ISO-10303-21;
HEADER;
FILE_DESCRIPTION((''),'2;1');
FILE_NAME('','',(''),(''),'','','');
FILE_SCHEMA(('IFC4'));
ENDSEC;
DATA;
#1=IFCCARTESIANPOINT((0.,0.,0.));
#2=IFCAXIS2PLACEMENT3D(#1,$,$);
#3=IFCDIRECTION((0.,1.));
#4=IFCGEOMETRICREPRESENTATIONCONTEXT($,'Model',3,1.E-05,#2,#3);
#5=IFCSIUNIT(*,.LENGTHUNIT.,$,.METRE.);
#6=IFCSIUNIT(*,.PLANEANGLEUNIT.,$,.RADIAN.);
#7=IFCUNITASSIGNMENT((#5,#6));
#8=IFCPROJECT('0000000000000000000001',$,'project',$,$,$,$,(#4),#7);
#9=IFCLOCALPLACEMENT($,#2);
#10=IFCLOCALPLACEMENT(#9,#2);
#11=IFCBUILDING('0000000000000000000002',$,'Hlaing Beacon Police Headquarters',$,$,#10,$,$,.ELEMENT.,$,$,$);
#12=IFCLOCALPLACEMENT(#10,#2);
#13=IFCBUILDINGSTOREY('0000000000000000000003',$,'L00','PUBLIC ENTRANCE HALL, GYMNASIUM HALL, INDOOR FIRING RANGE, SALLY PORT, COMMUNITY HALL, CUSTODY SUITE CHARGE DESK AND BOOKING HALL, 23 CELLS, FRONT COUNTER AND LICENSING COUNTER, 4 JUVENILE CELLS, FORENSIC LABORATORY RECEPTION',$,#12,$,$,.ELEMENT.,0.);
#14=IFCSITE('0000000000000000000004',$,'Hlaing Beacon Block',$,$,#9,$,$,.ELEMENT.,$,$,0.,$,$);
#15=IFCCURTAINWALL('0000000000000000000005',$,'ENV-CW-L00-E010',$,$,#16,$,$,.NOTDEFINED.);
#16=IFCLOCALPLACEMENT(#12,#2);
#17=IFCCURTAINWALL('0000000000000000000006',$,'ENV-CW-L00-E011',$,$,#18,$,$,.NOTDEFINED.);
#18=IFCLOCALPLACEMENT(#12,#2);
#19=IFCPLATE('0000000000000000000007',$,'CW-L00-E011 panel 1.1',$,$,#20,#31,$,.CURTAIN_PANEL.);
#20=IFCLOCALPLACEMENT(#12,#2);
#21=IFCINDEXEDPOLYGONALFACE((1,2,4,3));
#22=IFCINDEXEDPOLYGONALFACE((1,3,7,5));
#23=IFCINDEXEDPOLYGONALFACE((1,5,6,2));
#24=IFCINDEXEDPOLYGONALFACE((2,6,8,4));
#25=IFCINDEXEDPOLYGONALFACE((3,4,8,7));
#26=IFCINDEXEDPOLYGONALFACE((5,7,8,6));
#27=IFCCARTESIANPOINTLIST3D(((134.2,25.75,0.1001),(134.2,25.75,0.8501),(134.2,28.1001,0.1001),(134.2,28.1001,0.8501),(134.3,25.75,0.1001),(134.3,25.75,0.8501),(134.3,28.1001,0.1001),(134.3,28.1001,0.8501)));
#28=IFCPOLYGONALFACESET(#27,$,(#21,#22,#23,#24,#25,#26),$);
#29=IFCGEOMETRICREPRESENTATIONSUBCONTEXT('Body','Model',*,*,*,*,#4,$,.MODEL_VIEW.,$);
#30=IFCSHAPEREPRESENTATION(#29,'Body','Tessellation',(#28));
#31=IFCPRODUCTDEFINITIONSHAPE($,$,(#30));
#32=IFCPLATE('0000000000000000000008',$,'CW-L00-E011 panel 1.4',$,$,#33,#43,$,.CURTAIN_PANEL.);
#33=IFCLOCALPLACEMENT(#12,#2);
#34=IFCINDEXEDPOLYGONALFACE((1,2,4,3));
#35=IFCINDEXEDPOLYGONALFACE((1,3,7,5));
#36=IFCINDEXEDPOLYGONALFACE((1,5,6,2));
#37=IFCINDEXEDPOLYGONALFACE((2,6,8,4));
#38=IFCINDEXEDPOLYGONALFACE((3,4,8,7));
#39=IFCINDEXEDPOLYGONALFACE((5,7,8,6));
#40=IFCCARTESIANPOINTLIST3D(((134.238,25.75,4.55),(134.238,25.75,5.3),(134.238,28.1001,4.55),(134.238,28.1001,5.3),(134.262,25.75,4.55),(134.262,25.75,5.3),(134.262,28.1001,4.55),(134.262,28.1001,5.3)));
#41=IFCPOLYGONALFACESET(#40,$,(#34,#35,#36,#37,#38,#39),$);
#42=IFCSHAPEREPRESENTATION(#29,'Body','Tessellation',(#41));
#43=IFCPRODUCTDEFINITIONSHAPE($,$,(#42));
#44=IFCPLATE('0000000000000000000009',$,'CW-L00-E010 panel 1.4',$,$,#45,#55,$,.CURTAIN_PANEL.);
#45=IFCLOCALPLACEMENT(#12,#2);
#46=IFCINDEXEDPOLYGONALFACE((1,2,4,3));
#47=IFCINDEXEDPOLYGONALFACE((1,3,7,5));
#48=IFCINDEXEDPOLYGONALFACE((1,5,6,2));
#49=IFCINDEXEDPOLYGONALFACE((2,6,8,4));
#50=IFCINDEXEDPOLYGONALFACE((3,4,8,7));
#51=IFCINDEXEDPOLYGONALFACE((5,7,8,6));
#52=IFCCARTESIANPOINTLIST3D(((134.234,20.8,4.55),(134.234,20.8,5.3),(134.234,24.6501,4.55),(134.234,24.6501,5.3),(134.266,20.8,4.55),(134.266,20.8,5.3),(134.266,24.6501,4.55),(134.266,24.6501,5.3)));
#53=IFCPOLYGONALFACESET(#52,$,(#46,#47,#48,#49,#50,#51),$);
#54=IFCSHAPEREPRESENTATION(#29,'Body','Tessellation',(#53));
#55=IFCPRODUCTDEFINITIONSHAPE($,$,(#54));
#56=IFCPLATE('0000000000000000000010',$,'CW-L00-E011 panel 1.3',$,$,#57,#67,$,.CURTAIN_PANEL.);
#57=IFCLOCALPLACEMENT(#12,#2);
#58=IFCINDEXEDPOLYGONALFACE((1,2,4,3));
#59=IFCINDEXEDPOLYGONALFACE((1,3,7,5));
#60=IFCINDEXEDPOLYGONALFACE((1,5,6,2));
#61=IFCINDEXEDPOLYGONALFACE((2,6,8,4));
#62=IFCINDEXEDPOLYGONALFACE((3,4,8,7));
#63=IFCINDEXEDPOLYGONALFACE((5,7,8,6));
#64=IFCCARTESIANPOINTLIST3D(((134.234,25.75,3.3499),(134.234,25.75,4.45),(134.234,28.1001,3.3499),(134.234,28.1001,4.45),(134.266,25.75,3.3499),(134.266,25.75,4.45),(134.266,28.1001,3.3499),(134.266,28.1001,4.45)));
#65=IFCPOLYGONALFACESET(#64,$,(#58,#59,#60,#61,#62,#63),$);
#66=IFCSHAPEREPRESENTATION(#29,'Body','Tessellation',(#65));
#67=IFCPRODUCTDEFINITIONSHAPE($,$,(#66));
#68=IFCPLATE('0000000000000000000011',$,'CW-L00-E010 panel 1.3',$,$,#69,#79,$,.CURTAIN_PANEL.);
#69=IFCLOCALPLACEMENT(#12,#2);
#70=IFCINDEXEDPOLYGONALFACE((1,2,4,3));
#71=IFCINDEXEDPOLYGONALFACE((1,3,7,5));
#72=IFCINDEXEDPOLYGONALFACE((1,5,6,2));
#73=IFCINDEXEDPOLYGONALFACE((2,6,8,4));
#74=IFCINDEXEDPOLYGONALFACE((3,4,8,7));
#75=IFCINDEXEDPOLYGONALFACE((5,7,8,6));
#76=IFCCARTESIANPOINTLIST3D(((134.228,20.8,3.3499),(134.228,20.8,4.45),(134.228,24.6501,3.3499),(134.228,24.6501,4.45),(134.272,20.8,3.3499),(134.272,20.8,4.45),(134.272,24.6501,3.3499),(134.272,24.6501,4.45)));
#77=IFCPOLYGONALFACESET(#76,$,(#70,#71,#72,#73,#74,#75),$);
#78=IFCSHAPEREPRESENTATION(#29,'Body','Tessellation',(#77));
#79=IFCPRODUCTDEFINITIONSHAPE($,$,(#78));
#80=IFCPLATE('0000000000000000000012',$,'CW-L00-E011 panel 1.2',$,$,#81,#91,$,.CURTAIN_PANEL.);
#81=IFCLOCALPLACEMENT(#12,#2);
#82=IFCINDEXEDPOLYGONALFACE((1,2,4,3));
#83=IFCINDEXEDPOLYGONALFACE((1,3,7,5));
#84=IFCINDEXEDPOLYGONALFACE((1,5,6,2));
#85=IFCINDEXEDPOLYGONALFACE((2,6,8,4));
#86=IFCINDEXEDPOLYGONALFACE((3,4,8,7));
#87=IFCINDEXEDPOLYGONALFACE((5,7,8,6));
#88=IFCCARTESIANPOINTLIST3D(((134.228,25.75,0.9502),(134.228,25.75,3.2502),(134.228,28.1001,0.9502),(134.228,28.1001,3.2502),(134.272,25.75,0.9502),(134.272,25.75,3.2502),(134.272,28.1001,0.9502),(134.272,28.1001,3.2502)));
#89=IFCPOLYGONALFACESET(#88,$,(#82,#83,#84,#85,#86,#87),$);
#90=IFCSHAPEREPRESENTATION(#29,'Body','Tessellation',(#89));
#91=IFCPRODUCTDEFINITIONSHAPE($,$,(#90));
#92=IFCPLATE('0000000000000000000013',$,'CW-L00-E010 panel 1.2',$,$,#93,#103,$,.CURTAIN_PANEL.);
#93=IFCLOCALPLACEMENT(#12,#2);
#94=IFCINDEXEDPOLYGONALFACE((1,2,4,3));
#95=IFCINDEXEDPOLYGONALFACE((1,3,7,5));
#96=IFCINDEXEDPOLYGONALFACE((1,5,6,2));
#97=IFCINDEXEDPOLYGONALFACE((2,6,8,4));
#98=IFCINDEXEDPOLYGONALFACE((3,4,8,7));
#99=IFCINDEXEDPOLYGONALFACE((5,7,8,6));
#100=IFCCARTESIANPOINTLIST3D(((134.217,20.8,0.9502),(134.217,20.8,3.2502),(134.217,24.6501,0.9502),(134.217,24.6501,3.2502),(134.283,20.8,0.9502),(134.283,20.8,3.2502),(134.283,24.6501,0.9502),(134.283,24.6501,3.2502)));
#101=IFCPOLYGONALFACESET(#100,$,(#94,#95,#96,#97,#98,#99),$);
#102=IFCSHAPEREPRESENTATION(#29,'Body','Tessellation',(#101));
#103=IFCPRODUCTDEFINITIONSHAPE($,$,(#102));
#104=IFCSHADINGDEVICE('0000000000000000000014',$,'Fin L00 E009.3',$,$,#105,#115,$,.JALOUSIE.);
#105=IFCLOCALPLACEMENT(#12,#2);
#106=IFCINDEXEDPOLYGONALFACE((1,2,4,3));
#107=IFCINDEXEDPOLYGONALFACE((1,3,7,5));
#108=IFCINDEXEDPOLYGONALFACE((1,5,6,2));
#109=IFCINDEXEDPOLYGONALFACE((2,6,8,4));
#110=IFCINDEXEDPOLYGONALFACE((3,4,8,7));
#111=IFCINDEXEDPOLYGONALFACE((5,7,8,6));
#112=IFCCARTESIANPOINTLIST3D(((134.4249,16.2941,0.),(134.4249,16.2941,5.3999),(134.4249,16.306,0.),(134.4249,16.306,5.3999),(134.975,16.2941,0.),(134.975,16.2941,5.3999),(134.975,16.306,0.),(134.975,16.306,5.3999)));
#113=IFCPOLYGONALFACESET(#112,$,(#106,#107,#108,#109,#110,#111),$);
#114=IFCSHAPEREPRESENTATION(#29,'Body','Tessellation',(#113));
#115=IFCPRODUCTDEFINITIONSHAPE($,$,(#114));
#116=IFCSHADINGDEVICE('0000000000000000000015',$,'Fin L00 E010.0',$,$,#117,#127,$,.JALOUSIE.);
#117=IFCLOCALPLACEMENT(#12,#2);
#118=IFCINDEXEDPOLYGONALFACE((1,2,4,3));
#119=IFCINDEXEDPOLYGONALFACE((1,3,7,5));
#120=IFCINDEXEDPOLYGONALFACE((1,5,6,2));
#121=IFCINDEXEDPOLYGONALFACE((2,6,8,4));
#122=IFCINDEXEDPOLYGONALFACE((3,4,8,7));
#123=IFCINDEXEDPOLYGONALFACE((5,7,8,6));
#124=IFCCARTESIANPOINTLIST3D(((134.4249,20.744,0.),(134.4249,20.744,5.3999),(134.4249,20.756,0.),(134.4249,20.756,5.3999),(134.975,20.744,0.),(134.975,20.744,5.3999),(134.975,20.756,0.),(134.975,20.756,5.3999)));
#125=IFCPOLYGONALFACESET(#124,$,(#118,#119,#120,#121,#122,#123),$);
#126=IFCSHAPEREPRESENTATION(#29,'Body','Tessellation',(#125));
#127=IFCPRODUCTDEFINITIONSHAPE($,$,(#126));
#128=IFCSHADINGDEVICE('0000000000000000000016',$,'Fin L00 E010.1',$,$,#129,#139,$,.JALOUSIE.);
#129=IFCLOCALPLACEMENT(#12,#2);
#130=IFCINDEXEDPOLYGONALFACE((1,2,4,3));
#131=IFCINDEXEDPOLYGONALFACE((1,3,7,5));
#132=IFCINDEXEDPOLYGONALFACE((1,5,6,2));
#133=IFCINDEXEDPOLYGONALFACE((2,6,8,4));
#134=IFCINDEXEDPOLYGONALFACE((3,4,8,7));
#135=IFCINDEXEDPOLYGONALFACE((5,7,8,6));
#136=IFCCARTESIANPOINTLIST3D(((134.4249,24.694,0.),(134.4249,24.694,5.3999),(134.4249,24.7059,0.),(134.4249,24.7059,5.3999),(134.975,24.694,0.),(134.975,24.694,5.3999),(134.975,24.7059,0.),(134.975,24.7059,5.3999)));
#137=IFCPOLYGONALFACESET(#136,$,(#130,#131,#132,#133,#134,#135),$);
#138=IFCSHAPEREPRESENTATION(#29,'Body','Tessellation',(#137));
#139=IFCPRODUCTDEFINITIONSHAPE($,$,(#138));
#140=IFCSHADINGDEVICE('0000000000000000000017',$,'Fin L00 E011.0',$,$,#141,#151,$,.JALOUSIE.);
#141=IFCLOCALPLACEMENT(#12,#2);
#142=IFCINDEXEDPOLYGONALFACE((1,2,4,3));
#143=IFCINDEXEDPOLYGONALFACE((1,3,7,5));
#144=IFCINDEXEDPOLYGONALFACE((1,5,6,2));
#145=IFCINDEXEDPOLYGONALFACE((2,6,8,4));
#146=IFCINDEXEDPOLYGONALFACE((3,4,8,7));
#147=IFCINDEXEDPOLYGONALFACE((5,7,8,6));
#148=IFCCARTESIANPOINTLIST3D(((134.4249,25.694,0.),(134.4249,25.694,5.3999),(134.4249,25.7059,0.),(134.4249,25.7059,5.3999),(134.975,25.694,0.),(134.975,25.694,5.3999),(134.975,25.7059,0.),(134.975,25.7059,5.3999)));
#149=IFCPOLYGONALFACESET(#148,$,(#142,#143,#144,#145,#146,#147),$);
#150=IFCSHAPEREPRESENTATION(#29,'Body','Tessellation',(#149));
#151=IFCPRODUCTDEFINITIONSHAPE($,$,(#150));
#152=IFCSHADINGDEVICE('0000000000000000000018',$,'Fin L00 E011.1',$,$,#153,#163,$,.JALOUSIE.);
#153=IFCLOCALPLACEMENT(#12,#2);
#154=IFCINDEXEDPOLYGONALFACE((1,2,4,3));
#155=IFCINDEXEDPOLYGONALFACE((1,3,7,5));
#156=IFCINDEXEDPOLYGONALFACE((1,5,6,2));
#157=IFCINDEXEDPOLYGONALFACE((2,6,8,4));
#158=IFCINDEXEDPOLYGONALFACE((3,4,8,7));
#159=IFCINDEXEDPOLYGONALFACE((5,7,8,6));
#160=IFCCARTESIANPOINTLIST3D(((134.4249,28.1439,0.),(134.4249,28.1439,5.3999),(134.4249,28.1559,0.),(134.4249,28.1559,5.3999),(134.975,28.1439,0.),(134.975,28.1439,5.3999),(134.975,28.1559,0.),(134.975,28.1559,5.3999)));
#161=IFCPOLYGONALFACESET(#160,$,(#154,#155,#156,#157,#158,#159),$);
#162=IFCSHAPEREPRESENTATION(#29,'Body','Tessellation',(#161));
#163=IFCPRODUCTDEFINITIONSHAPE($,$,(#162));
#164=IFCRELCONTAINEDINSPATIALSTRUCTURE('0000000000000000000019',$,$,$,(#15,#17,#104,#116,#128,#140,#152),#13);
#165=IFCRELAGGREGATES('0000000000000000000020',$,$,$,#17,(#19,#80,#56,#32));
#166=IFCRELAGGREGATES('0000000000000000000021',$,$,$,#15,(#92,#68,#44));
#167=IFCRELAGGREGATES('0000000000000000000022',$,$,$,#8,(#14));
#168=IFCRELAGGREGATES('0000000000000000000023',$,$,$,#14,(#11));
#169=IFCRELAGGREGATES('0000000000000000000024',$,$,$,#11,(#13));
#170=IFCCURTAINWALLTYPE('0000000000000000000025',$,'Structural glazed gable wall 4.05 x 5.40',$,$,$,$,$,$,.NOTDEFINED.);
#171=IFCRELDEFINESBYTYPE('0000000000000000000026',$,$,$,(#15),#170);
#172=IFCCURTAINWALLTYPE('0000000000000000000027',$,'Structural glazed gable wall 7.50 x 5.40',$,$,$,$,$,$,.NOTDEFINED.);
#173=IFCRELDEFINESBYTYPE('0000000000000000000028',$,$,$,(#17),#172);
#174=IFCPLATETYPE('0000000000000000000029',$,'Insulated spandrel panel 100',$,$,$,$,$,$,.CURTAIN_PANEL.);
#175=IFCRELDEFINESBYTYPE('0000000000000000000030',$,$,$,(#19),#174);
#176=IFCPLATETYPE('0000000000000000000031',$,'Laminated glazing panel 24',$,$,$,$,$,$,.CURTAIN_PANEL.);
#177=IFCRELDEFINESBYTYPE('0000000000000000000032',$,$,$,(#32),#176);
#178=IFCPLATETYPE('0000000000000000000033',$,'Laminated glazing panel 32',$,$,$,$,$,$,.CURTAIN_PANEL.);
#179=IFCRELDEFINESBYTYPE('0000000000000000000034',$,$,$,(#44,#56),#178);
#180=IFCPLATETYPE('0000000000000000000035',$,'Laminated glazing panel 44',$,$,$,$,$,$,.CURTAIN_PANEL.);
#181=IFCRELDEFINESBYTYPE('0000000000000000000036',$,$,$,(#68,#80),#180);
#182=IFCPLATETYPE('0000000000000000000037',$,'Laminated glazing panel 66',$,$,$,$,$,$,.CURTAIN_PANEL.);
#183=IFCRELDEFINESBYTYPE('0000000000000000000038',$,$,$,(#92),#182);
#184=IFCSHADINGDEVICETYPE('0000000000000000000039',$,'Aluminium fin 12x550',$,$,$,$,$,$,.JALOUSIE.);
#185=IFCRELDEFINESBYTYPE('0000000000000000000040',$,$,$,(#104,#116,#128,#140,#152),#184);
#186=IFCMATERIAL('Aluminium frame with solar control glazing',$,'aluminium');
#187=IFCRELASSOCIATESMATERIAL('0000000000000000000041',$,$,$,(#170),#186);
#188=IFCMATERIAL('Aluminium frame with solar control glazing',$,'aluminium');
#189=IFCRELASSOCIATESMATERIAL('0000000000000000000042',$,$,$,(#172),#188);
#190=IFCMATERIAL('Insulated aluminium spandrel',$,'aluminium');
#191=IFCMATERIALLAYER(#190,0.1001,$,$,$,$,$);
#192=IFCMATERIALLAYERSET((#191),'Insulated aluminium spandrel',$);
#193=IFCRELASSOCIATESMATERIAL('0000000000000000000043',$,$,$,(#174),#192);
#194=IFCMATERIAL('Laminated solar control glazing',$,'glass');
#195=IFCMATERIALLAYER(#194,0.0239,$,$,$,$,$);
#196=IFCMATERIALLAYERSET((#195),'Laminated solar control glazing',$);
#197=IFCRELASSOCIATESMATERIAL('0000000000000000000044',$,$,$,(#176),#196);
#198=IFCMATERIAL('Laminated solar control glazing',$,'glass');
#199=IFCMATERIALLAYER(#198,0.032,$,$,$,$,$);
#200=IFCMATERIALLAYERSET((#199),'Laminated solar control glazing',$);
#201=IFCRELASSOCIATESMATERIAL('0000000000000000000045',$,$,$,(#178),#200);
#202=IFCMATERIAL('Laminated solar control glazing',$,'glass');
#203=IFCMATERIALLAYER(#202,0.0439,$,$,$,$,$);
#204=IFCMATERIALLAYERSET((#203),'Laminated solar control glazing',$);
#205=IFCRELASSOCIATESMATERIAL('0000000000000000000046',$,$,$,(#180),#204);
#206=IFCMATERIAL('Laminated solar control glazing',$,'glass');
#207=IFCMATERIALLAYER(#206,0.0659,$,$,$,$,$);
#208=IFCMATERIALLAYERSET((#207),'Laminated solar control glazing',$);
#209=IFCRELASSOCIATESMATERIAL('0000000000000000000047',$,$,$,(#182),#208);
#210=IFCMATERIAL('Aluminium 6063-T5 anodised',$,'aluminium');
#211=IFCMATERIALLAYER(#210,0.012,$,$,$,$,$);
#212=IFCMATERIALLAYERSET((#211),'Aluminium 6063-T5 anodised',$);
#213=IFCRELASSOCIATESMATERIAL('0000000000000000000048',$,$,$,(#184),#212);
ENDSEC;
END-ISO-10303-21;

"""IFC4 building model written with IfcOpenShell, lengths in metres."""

from ifc_helpers import new_model, si_unit, direction, frame, origin, origin_2d, place, context, subcontext, project, spatial, rectangle, extrude, material, layer, layer_set, type_object, element, aggregate, save


model = new_model("IFC4")

# Units and contexts
model_context = context("Model", 3, precision=1e-05, world=origin(), true_north=direction((0.0, 1.0)))
body_context = subcontext(model_context, "Body", "Model", "MODEL_VIEW")
ifc_project = project(units=[si_unit("LENGTHUNIT", "METRE"), si_unit("PLANEANGLEUNIT", "RADIAN")], contexts=[model_context])

# Site, building, storey
site_placement = place(None, origin())
site = spatial("IfcSite", under=ifc_project, at=site_placement, Name="Hlaing Beacon Block", CompositionType="ELEMENT", RefElevation=0.0)
building_placement = place(site_placement, origin())
building = spatial("IfcBuilding", under=site, at=building_placement, Name="Hlaing Beacon Police Headquarters", CompositionType="ELEMENT")
storey_placement = place(building_placement, origin())
storey = spatial("IfcBuildingStorey", under=building, at=storey_placement, Name="L00", Description="PUBLIC ENTRANCE HALL, GYMNASIUM HALL, INDOOR FIRING RANGE, SALLY PORT, COMMUNITY HALL, CUSTODY SUITE CHARGE DESK AND BOOKING HALL, 23 CELLS, FRONT COUNTER AND LICENSING COUNTER, 4 JUVENILE CELLS, FORENSIC LABORATORY RECEPTION", CompositionType="ELEMENT", Elevation=0.0)

# Curtain wall
ifc_material_1 = material(Name="Aluminium frame with solar control glazing", Category="aluminium")
curtain_wall_type_1 = type_object("IfcCurtainWallType", Name="Structural glazed gable wall 4.05 x 5.40", PredefinedType="NOTDEFINED", material=ifc_material_1)
curtain_wall_1_placement = place(storey_placement, origin())
curtain_wall_1 = element("IfcCurtainWall", 1, at=curtain_wall_1_placement, inside=storey, type_object=curtain_wall_type_1, Name="ENV-CW-L00-E010", PredefinedType="NOTDEFINED")

# Curtain wall, plates
ifc_material_2 = material(Name="Aluminium frame with solar control glazing", Category="aluminium")
curtain_wall_type_2 = type_object("IfcCurtainWallType", Name="Structural glazed gable wall 7.50 x 5.40", PredefinedType="NOTDEFINED", material=ifc_material_2)
curtain_wall_2_placement = place(storey_placement, origin())
curtain_wall_2 = element("IfcCurtainWall", 2, at=curtain_wall_2_placement, inside=storey, type_object=curtain_wall_type_2, Name="ENV-CW-L00-E011", PredefinedType="NOTDEFINED")
ifc_material_3 = material(Name="Insulated aluminium spandrel", Category="aluminium")
ifc_layer_1 = layer(ifc_material_3, 0.1001)
ifc_layer_set_1 = layer_set([ifc_layer_1], Name="Insulated aluminium spandrel")
plate_type_1 = type_object("IfcPlateType", Name="Insulated spandrel panel 100", PredefinedType="CURTAIN_PANEL", material=ifc_layer_set_1)
plate_1_placement = place(storey_placement, frame((134.25, 26.925, 0.1001), z_axis=(0.0, 0.0, 1.0), x_axis=(0.0, 1.0, 0.0)))
plate_1 = element("IfcPlate", 3, at=plate_1_placement, type_object=plate_type_1, Name="CW-L00-E011 panel 1.1", PredefinedType="CURTAIN_PANEL", context=body_context, shape_type="SweptSolid", body=[
    extrude(rectangle(XDim=2.3501, YDim=0.1001, at=origin_2d()), origin(), (0.0, 0.0, 1.0), 0.75),
])
ifc_material_4 = material(Name="Laminated solar control glazing", Category="glass")
ifc_layer_2 = layer(ifc_material_4, 0.0239)
ifc_layer_set_2 = layer_set([ifc_layer_2], Name="Laminated solar control glazing")
plate_type_2 = type_object("IfcPlateType", Name="Laminated glazing panel 24", PredefinedType="CURTAIN_PANEL", material=ifc_layer_set_2)
plate_2_placement = place(storey_placement, frame((134.25, 26.925, 4.55), z_axis=(0.0, 0.0, 1.0), x_axis=(0.0, 1.0, 0.0)))
plate_2 = element("IfcPlate", 4, at=plate_2_placement, type_object=plate_type_2, Name="CW-L00-E011 panel 1.4", PredefinedType="CURTAIN_PANEL", context=body_context, shape_type="SweptSolid", body=[
    extrude(rectangle(XDim=2.3501, YDim=0.0239, at=origin_2d()), origin(), (0.0, 0.0, 1.0), 0.75),
])

# Plates
ifc_material_5 = material(Name="Laminated solar control glazing", Category="glass")
ifc_layer_3 = layer(ifc_material_5, 0.032)
ifc_layer_set_3 = layer_set([ifc_layer_3], Name="Laminated solar control glazing")
plate_type_3 = type_object("IfcPlateType", Name="Laminated glazing panel 32", PredefinedType="CURTAIN_PANEL", material=ifc_layer_set_3)
plate_3_placement = place(storey_placement, frame((134.25, 22.7251, 4.55), z_axis=(0.0, 0.0, 1.0), x_axis=(0.0, 1.0, 0.0)))
plate_3 = element("IfcPlate", 5, at=plate_3_placement, type_object=plate_type_3, Name="CW-L00-E010 panel 1.4", PredefinedType="CURTAIN_PANEL", context=body_context, shape_type="SweptSolid", body=[
    extrude(rectangle(XDim=3.8501, YDim=0.032, at=origin_2d()), origin(), (0.0, 0.0, 1.0), 0.75),
])
plate_4_placement = place(storey_placement, frame((134.25, 26.925, 3.3499), z_axis=(0.0, 0.0, 1.0), x_axis=(0.0, 1.0, 0.0)))
plate_4 = element("IfcPlate", 6, at=plate_4_placement, type_object=plate_type_3, Name="CW-L00-E011 panel 1.3", PredefinedType="CURTAIN_PANEL", context=body_context, shape_type="SweptSolid", body=[
    extrude(rectangle(XDim=2.3501, YDim=0.032, at=origin_2d()), origin(), (0.0, 0.0, 1.0), 1.1001),
])
ifc_material_6 = material(Name="Laminated solar control glazing", Category="glass")
ifc_layer_4 = layer(ifc_material_6, 0.0439)
ifc_layer_set_4 = layer_set([ifc_layer_4], Name="Laminated solar control glazing")
plate_type_4 = type_object("IfcPlateType", Name="Laminated glazing panel 44", PredefinedType="CURTAIN_PANEL", material=ifc_layer_set_4)
plate_5_placement = place(storey_placement, frame((134.25, 22.7251, 3.3499), z_axis=(0.0, 0.0, 1.0), x_axis=(0.0, 1.0, 0.0)))
plate_5 = element("IfcPlate", 7, at=plate_5_placement, type_object=plate_type_4, Name="CW-L00-E010 panel 1.3", PredefinedType="CURTAIN_PANEL", context=body_context, shape_type="SweptSolid", body=[
    extrude(rectangle(XDim=3.8501, YDim=0.0439, at=origin_2d()), origin(), (0.0, 0.0, 1.0), 1.1001),
])
plate_6_placement = place(storey_placement, frame((134.25, 26.925, 0.9502), z_axis=(0.0, 0.0, 1.0), x_axis=(0.0, 1.0, 0.0)))
plate_6 = element("IfcPlate", 8, at=plate_6_placement, type_object=plate_type_4, Name="CW-L00-E011 panel 1.2", PredefinedType="CURTAIN_PANEL", context=body_context, shape_type="SweptSolid", body=[
    extrude(rectangle(XDim=2.3501, YDim=0.0439, at=origin_2d()), origin(), (0.0, 0.0, 1.0), 2.3),
])
aggregate(curtain_wall_2, [plate_1, plate_6, plate_4, plate_2])
ifc_material_7 = material(Name="Laminated solar control glazing", Category="glass")
ifc_layer_5 = layer(ifc_material_7, 0.0659)
ifc_layer_set_5 = layer_set([ifc_layer_5], Name="Laminated solar control glazing")
plate_type_5 = type_object("IfcPlateType", Name="Laminated glazing panel 66", PredefinedType="CURTAIN_PANEL", material=ifc_layer_set_5)
plate_7_placement = place(storey_placement, frame((134.25, 22.7251, 0.9502), z_axis=(0.0, 0.0, 1.0), x_axis=(0.0, 1.0, 0.0)))
plate_7 = element("IfcPlate", 9, at=plate_7_placement, type_object=plate_type_5, Name="CW-L00-E010 panel 1.2", PredefinedType="CURTAIN_PANEL", context=body_context, shape_type="SweptSolid", body=[
    extrude(rectangle(XDim=3.8501, YDim=0.0659, at=origin_2d()), origin(), (0.0, 0.0, 1.0), 2.3),
])
aggregate(curtain_wall_1, [plate_7, plate_5, plate_3])

# Shading devices
ifc_material_8 = material(Name="Aluminium 6063-T5 anodised", Category="aluminium")
ifc_layer_6 = layer(ifc_material_8, 0.012)
ifc_layer_set_6 = layer_set([ifc_layer_6], Name="Aluminium 6063-T5 anodised")
shading_device_type = type_object("IfcShadingDeviceType", Name="Aluminium fin 12x550", PredefinedType="JALOUSIE", material=ifc_layer_set_6)
for number, where, z_axis, x_axis, name in (
    (10, (134.7, 16.3, 0.0), (0.0, 0.0, 1.0), (0.0, 1.0, 0.0), "Fin L00 E009.3"),
    (11, (134.7, 20.75, 0.0), (0.0, 0.0, 1.0), (0.0, 1.0, 0.0), "Fin L00 E010.0"),
    (12, (134.7, 24.7, 0.0), (0.0, 0.0, 1.0), (0.0, 1.0, 0.0), "Fin L00 E010.1"),
    (13, (134.7, 25.7, 0.0), (0.0, 0.0, 1.0), (0.0, 1.0, 0.0), "Fin L00 E011.0"),
    (14, (134.7, 28.1499, 0.0), (0.0, 0.0, 1.0), (0.0, 1.0, 0.0), "Fin L00 E011.1"),
):
    element("IfcShadingDevice", number, at=place(storey_placement, frame(where, z_axis=z_axis, x_axis=x_axis)), inside=storey, type_object=shading_device_type, Name=name, PredefinedType="JALOUSIE", context=body_context, shape_type="SweptSolid", body=[
        extrude(rectangle(XDim=0.012, YDim=0.55, at=origin_2d()), origin(), (0.0, 0.0, 1.0), 5.3999),
    ])

save(model, "model.ifc")
